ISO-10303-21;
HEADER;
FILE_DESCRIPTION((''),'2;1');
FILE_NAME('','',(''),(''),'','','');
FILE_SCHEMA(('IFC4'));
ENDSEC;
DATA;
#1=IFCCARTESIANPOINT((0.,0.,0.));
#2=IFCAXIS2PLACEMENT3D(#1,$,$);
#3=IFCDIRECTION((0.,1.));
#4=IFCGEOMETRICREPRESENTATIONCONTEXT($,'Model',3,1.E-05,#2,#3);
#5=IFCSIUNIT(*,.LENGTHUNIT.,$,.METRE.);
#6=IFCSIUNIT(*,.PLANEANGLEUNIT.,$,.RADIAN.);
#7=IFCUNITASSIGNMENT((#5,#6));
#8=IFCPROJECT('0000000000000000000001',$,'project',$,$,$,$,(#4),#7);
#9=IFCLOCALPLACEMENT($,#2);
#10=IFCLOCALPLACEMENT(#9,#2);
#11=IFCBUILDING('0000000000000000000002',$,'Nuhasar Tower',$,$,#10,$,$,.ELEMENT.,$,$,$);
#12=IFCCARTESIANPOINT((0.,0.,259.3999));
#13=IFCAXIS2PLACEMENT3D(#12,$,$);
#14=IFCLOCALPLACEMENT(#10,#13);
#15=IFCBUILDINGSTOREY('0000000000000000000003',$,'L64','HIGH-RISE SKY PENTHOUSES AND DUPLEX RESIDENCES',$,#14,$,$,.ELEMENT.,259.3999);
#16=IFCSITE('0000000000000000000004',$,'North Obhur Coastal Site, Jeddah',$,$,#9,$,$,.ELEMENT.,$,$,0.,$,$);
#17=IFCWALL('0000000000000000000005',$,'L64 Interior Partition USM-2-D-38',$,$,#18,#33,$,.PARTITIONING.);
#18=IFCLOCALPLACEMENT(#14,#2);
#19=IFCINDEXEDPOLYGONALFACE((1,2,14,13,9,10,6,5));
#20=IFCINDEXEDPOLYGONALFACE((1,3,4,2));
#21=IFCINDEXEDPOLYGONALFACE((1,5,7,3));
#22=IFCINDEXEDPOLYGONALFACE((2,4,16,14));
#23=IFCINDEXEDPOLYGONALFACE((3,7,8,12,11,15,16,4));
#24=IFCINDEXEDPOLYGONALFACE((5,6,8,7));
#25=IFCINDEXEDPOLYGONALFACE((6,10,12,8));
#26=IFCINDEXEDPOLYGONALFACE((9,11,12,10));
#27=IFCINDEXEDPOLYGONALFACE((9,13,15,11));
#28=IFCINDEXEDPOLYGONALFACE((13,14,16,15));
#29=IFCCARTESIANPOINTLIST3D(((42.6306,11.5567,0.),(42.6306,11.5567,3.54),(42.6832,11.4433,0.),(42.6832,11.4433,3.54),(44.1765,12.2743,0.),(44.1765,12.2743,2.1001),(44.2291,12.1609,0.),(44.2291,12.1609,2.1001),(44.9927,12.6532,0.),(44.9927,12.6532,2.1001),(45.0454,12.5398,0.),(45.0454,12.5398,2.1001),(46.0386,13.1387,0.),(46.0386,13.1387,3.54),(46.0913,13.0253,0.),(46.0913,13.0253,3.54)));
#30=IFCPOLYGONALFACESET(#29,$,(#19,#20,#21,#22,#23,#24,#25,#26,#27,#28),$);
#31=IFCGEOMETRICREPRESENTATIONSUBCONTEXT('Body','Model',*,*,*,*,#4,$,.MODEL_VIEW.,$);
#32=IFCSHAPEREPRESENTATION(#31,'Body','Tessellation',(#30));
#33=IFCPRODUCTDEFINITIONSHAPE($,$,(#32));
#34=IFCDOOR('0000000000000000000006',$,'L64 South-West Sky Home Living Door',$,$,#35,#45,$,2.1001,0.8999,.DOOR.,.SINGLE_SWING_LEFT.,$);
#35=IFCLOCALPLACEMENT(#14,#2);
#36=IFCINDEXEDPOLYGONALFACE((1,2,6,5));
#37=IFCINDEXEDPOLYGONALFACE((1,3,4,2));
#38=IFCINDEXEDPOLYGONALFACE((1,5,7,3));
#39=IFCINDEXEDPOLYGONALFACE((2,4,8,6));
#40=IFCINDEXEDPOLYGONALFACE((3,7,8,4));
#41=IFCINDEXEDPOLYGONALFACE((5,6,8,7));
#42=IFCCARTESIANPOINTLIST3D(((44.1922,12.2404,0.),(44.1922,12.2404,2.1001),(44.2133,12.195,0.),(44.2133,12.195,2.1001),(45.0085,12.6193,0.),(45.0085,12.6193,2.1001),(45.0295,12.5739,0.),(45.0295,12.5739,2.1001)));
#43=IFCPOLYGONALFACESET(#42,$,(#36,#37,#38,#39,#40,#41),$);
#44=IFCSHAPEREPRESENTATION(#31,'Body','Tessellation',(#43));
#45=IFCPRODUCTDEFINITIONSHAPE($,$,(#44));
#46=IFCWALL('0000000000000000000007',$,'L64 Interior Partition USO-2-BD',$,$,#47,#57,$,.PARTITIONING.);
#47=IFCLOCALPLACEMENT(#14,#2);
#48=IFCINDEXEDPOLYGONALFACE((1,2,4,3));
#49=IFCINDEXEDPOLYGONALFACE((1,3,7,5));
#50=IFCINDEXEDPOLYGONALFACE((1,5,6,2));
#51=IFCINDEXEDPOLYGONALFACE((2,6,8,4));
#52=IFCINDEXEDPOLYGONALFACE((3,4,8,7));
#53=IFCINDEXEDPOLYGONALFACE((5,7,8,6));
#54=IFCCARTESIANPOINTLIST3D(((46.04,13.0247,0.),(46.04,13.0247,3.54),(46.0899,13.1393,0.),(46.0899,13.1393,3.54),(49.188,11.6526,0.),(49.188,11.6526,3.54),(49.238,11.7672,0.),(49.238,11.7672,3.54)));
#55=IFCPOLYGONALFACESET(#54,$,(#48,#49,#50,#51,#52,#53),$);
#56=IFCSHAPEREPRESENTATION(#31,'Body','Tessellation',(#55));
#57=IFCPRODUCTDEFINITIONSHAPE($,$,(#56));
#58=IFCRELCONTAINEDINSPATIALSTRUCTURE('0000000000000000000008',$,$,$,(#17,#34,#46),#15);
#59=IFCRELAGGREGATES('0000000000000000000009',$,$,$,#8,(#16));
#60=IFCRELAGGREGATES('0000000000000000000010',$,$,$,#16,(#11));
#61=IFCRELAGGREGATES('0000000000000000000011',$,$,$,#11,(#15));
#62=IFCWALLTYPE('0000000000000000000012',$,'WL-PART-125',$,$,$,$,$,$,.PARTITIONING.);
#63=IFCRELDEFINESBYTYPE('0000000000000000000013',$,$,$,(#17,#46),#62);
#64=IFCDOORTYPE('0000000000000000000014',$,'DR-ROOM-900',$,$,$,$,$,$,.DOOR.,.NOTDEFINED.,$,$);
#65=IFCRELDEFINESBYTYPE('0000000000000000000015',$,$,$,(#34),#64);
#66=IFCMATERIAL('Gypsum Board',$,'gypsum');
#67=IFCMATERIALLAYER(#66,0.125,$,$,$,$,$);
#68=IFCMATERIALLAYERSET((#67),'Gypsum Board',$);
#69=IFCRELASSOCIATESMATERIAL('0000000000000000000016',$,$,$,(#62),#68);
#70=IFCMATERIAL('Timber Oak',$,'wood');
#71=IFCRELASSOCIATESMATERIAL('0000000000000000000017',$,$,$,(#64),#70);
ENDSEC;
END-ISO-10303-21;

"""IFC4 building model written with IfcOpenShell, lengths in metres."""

from ifc_helpers import new_model, si_unit, direction, frame, frame_2d, origin, place, context, subcontext, project, spatial, rectangle, extrude, material, layer, layer_set, type_object, element, fill, save


model = new_model("IFC4")

# Units and contexts
model_context = context("Model", 3, precision=1e-05, world=origin(), true_north=direction((0.0, 1.0)))
body_context = subcontext(model_context, "Body", "Model", "MODEL_VIEW")
ifc_project = project(units=[si_unit("LENGTHUNIT", "METRE"), si_unit("PLANEANGLEUNIT", "RADIAN")], contexts=[model_context])

# Site, building, storey
site_placement = place(None, origin())
site = spatial("IfcSite", under=ifc_project, at=site_placement, Name="North Obhur Coastal Site, Jeddah", CompositionType="ELEMENT", RefElevation=0.0)
building_placement = place(site_placement, origin())
building = spatial("IfcBuilding", under=site, at=building_placement, Name="Nuhasar Tower", CompositionType="ELEMENT")
storey_placement = place(building_placement, frame((0.0, 0.0, 259.3999)))
storey = spatial("IfcBuildingStorey", under=building, at=storey_placement, Name="L64", Description="HIGH-RISE SKY PENTHOUSES AND DUPLEX RESIDENCES", CompositionType="ELEMENT", Elevation=259.3999)

# Shared definitions
ifc_material_1 = material(Name="Gypsum Board", Category="gypsum")

# Shared definitions
ifc_layer_1 = layer(ifc_material_1, 0.125)
ifc_layer_set_1 = layer_set([ifc_layer_1], Name="Gypsum Board")
wall_type_1 = type_object("IfcWallType", Name="WL-PART-125", PredefinedType="PARTITIONING", material=ifc_layer_set_1)

# Wall, opening, door
wall_1_placement = place(storey_placement, frame((46.0649, 13.082, 0.0), z_axis=(0.0, 0.0, 1.0), x_axis=(-0.907033, -0.42106, 0.0)))
wall_1 = element("IfcWall", 1, at=wall_1_placement, inside=storey, type_object=wall_type_1, Name="L64 Interior Partition USM-2-D-38", PredefinedType="PARTITIONING", context=body_context, shape_type="SweptSolid", body=[
    extrude(rectangle(XDim=3.7573, YDim=0.125, at=frame_2d((1.8787, 0.0))), origin(), (0.0, 0.0, 1.0), 3.54),
])
opening_1_placement = place(wall_1_placement, frame((1.1531, 0.0, 0.0)))
opening_1 = element("IfcOpeningElement", 2, at=opening_1_placement, cuts=wall_1, PredefinedType="OPENING", context=body_context, shape_type="SweptSolid", body=[
    extrude(rectangle(XDim=0.8999, YDim=2.1001, at=frame_2d((0.45, 1.05))), frame((0.0, 0.0725, 0.0), z_axis=(0.0, -1.0, 0.0), x_axis=(1.0, 0.0, 0.0)), (0.0, 0.0, 1.0), 0.145),
])
ifc_material_2 = material(Name="Timber Oak", Category="wood")
door_type_1 = type_object("IfcDoorType", Name="DR-ROOM-900", OperationType="NOTDEFINED", PredefinedType="DOOR", material=ifc_material_2)
door_1_placement = place(opening_1_placement, origin())
door_1 = element("IfcDoor", 3, at=door_1_placement, inside=storey, type_object=door_type_1, Name="L64 South-West Sky Home Living Door", OperationType="SINGLE_SWING_LEFT", OverallHeight=2.1001, OverallWidth=0.8999, PredefinedType="DOOR", context=body_context, shape_type="SweptSolid", body=[
    extrude(rectangle(XDim=0.8999, YDim=2.1001, at=frame_2d((0.45, 1.05))), frame((0.0, 0.0249, 0.0), z_axis=(0.0, -1.0, 0.0), x_axis=(1.0, 0.0, 0.0)), (0.0, 0.0, 1.0), 0.05),
])
fill(opening_1, door_1)

# Wall
wall_2_placement = place(storey_placement, frame((46.0649, 13.082, 0.0), z_axis=(0.0, 0.0, 1.0), x_axis=(0.916708, -0.399558, 0.0)))
element("IfcWall", 4, at=wall_2_placement, inside=storey, type_object=wall_type_1, Name="L64 Interior Partition USO-2-BD", PredefinedType="PARTITIONING", context=body_context, shape_type="SweptSolid", body=[
    extrude(rectangle(XDim=3.4341, YDim=0.125, at=frame_2d((1.717, 0.0))), origin(), (0.0, 0.0, 1.0), 3.54),
])

save(model, "model.ifc")
